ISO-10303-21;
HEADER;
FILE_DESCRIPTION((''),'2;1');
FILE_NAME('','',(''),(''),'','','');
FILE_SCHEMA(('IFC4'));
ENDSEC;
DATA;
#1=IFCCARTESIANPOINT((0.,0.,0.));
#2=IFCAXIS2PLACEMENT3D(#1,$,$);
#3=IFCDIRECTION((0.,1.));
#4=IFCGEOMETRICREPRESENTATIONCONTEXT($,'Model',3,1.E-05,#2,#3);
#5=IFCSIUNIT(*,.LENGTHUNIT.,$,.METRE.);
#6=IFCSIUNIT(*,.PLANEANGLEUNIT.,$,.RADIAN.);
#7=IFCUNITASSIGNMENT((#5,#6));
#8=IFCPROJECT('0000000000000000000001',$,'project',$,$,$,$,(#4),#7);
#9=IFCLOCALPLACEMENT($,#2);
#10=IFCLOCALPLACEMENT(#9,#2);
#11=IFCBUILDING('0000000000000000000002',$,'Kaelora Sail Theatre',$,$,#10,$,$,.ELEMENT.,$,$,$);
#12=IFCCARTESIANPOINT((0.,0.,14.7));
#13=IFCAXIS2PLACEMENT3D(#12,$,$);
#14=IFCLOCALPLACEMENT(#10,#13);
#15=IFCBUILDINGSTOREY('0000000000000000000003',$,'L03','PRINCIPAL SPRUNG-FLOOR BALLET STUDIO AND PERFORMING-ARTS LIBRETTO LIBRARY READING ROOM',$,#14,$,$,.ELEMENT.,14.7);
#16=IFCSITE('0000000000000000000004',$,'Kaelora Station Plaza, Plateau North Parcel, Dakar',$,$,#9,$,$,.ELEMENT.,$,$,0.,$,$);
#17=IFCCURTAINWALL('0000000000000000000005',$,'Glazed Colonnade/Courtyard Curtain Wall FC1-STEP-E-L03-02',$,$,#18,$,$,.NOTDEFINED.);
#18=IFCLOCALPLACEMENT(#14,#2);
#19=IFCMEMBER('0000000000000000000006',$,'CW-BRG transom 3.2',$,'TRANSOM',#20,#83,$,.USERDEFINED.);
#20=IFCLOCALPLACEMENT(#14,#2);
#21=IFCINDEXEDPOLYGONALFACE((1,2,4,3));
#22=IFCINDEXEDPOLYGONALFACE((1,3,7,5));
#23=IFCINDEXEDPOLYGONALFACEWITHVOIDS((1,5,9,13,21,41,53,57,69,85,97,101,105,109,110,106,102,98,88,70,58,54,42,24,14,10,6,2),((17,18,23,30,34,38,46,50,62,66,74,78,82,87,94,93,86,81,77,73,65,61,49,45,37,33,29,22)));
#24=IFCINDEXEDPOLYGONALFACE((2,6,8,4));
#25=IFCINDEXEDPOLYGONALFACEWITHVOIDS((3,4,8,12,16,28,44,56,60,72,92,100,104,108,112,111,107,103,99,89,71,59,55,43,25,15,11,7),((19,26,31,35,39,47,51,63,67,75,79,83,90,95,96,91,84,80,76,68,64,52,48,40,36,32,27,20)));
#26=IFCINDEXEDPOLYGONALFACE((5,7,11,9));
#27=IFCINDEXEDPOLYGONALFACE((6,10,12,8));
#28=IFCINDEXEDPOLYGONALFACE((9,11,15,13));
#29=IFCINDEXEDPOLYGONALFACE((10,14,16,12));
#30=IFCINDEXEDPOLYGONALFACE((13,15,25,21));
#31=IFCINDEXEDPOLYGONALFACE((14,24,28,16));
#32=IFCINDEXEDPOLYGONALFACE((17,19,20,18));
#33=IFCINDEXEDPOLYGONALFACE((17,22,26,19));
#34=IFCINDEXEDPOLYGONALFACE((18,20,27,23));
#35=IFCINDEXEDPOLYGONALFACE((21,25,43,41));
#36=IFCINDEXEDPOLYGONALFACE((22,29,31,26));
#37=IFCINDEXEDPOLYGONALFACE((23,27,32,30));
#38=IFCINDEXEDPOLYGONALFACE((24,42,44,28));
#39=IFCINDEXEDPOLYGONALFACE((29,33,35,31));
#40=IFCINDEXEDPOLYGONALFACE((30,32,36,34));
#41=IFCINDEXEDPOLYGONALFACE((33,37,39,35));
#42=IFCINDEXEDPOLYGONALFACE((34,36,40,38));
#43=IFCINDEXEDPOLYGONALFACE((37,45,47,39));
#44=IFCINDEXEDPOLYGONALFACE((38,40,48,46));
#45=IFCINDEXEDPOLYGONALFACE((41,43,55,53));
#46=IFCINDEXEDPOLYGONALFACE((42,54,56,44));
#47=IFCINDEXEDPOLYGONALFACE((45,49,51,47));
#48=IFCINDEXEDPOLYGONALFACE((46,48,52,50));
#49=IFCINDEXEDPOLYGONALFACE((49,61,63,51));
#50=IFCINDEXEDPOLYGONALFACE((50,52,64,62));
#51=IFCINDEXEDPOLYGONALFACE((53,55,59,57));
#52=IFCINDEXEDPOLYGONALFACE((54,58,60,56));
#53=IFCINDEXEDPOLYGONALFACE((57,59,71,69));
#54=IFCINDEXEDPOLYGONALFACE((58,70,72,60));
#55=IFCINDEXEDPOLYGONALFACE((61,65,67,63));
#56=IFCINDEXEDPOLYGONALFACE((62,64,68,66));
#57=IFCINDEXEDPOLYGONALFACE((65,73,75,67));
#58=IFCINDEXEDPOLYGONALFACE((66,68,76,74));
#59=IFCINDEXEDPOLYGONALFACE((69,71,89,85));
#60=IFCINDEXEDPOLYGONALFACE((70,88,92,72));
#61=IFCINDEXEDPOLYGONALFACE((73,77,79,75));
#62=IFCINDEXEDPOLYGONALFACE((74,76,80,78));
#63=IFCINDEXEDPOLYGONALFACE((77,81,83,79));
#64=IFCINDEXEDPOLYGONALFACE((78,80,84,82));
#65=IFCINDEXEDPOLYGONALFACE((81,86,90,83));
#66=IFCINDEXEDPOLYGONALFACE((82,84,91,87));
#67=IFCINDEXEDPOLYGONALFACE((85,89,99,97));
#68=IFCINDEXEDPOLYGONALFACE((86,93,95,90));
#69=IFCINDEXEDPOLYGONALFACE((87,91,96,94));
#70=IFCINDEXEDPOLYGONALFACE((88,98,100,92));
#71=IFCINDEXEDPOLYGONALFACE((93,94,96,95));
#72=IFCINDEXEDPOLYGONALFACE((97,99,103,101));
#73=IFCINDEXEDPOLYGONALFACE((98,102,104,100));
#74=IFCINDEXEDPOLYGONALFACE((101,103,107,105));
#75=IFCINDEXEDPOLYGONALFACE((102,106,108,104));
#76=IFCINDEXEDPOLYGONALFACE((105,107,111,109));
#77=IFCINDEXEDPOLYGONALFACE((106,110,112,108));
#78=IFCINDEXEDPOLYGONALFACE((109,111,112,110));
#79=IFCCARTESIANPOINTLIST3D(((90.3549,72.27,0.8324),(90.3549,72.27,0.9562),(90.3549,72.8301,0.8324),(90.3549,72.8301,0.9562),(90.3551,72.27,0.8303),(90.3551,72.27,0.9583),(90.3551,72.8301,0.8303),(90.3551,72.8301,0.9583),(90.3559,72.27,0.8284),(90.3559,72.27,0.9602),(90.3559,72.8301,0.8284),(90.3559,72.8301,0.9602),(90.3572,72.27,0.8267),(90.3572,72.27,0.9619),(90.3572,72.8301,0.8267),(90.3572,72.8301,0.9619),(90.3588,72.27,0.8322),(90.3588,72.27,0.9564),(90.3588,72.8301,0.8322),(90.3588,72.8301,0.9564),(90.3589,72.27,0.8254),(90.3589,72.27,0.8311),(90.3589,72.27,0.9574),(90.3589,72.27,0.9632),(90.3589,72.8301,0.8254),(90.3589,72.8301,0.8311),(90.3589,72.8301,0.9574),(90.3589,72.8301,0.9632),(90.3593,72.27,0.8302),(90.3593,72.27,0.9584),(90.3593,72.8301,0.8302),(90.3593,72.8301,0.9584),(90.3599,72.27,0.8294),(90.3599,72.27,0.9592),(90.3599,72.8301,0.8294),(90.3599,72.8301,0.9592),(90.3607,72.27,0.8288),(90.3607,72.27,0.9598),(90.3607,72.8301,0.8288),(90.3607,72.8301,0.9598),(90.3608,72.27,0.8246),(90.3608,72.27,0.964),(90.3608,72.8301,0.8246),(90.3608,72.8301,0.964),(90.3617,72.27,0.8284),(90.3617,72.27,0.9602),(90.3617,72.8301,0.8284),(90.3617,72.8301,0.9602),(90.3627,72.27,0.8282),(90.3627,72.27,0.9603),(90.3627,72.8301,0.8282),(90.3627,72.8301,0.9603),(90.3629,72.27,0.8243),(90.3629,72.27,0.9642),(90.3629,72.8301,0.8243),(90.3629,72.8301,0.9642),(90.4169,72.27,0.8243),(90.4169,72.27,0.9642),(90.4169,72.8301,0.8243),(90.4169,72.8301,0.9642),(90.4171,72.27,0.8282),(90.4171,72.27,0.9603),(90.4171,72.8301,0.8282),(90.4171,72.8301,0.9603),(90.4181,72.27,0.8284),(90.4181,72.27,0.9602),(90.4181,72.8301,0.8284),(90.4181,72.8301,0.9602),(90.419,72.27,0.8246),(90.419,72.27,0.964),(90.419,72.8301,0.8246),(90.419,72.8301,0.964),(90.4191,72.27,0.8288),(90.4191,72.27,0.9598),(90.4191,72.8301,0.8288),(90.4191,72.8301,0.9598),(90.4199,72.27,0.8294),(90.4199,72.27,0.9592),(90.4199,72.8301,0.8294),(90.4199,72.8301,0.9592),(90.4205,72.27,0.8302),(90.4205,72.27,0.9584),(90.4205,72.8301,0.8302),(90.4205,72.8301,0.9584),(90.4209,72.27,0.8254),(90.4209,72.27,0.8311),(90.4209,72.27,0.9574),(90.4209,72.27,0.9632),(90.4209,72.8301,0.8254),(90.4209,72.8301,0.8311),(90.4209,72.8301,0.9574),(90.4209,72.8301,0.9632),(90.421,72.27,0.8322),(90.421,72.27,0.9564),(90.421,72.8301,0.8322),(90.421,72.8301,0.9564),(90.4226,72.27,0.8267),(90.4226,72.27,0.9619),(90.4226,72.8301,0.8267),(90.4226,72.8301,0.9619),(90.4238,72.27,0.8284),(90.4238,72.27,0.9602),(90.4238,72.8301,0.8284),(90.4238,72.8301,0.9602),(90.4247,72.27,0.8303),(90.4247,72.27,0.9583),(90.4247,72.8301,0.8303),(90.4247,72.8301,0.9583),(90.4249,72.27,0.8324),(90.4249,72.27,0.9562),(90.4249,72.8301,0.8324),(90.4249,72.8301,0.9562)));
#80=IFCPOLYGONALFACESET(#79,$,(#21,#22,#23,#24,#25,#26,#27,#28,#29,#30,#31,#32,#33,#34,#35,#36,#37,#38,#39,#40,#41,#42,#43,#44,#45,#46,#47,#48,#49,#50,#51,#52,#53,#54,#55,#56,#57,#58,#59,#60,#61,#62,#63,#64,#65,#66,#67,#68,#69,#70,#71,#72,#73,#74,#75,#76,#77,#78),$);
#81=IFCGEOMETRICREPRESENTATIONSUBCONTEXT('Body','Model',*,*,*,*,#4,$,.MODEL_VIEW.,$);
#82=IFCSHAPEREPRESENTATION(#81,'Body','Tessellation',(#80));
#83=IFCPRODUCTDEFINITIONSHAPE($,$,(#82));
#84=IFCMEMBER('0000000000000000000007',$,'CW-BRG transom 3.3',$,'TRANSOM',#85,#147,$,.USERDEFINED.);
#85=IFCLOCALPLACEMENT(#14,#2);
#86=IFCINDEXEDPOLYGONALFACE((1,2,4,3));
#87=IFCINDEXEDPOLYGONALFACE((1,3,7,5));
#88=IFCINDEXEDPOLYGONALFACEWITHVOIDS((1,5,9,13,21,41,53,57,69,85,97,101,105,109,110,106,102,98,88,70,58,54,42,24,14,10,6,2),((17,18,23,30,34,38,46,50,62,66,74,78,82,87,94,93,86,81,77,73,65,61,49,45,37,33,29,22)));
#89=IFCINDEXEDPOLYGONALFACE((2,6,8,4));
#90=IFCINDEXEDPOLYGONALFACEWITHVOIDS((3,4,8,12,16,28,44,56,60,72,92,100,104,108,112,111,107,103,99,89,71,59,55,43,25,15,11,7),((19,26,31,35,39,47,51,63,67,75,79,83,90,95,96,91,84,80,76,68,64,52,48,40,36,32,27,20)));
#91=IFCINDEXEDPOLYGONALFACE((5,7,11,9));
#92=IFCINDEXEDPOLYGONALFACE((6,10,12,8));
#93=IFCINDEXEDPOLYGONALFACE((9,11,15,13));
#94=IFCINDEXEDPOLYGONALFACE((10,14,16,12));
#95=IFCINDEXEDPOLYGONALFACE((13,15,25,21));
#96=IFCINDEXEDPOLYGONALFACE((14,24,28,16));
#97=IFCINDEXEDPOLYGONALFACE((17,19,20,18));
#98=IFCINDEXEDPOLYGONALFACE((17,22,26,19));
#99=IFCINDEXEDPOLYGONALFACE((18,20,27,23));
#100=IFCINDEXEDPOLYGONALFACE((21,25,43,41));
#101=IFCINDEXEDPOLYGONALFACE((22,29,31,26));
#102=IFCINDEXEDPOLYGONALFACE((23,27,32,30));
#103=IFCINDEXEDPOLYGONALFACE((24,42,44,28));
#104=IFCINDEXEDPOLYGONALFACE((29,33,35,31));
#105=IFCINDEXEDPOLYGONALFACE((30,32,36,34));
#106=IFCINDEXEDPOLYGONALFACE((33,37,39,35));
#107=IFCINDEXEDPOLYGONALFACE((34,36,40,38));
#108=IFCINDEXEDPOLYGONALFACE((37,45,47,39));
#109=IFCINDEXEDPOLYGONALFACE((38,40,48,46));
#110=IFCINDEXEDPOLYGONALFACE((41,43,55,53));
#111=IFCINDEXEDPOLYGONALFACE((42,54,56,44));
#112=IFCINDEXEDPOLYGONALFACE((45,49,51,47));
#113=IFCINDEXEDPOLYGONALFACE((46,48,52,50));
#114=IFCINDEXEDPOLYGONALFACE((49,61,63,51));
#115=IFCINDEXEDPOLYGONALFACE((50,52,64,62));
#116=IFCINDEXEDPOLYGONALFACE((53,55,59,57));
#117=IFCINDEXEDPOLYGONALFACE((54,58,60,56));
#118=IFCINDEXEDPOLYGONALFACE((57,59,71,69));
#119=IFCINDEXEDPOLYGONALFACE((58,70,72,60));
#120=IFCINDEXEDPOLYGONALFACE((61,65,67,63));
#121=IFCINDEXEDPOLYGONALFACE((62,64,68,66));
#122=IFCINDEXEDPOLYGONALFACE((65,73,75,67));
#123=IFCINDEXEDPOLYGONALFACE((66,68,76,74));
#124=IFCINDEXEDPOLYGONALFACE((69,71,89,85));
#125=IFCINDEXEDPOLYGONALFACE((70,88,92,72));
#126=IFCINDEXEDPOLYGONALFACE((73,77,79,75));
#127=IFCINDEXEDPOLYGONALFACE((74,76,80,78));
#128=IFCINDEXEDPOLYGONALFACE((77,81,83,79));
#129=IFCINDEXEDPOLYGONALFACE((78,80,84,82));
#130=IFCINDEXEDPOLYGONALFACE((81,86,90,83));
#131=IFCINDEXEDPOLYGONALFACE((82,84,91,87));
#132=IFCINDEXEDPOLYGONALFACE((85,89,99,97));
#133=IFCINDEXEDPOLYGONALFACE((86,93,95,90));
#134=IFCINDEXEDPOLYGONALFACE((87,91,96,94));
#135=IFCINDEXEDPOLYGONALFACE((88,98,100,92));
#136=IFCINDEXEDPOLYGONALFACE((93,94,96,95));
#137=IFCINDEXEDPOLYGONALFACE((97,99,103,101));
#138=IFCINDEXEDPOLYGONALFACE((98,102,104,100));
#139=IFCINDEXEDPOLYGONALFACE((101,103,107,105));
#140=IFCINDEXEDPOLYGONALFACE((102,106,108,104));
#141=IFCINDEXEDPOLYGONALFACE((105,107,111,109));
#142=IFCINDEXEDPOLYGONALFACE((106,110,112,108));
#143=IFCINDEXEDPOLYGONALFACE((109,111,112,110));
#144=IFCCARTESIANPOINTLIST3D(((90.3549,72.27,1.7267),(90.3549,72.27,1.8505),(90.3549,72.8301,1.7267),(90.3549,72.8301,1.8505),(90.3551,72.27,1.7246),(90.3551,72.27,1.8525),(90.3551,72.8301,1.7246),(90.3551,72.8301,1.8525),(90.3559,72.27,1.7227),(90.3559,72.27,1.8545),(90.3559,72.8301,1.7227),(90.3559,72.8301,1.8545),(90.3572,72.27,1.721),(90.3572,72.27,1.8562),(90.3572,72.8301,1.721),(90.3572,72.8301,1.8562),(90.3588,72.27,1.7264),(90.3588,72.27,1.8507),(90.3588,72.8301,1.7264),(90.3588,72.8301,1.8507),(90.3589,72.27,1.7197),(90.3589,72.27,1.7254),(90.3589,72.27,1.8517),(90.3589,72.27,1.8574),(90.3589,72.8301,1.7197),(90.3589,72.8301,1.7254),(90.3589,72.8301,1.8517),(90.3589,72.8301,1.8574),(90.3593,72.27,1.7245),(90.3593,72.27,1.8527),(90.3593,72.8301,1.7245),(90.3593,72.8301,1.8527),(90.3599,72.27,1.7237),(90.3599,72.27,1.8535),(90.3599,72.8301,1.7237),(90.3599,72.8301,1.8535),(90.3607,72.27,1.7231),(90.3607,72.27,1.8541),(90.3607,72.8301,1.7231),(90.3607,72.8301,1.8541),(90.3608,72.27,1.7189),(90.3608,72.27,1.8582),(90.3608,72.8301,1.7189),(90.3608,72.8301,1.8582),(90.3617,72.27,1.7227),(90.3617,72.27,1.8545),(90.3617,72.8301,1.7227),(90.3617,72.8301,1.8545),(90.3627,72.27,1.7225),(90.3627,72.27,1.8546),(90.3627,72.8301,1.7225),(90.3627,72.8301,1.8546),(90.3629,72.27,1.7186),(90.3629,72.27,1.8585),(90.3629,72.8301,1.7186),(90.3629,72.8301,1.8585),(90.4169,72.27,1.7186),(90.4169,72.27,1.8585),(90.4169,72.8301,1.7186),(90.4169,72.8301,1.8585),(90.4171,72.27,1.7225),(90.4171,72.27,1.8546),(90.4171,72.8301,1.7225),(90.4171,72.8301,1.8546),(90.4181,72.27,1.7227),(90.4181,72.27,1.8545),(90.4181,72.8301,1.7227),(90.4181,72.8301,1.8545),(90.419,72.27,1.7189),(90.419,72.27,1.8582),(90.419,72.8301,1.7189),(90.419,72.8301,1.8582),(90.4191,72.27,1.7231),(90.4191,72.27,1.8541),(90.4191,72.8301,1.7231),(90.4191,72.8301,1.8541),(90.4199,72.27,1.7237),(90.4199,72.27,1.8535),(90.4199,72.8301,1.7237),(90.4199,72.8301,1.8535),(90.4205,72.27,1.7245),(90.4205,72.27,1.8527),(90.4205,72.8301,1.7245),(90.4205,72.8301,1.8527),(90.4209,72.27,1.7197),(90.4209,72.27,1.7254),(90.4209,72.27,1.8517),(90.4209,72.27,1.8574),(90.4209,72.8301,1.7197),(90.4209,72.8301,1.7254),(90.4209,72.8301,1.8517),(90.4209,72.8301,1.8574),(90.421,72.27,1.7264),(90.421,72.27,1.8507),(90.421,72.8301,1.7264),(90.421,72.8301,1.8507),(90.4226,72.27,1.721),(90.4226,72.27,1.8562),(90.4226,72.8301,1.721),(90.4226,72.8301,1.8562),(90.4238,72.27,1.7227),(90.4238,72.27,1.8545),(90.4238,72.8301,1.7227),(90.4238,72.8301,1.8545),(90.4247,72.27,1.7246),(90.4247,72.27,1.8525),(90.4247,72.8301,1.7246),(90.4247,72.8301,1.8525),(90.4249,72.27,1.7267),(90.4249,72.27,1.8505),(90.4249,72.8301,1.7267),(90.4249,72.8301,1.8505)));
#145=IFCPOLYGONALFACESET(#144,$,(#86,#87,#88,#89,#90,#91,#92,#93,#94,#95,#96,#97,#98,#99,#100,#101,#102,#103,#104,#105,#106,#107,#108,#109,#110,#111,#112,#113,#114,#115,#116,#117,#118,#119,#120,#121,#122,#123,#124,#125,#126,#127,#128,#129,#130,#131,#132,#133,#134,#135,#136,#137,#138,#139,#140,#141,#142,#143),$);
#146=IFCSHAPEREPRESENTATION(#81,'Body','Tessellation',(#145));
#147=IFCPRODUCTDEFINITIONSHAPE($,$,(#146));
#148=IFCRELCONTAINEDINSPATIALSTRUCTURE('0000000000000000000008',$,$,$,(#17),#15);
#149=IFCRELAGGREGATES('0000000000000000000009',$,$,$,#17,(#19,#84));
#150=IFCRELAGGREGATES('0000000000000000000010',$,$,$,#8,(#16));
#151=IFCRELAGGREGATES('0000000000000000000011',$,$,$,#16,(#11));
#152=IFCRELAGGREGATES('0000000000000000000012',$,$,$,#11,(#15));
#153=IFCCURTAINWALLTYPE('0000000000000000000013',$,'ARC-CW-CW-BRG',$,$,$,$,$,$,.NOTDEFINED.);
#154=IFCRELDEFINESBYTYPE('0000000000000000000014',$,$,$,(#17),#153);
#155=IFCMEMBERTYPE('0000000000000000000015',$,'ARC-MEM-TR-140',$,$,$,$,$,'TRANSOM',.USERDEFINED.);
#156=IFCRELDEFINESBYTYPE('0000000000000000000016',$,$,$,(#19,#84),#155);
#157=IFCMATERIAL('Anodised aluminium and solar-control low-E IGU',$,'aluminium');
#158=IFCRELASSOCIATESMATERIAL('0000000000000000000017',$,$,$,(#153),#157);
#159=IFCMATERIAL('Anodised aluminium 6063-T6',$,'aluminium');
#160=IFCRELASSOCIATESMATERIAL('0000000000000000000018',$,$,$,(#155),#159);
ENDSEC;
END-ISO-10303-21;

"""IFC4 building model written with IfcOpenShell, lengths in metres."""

from ifc_helpers import new_model, si_unit, direction, frame, origin, origin_2d, place, context, subcontext, project, spatial, hollow_rectangle, extrude, material, material_profile, profile_set, type_object, element, aggregate, save


model = new_model("IFC4")

# Units and contexts
model_context = context("Model", 3, precision=1e-05, world=origin(), true_north=direction((0.0, 1.0)))
body_context = subcontext(model_context, "Body", "Model", "MODEL_VIEW")
ifc_project = project(units=[si_unit("LENGTHUNIT", "METRE"), si_unit("PLANEANGLEUNIT", "RADIAN")], contexts=[model_context])

# Site, building, storey
site_placement = place(None, origin())
site = spatial("IfcSite", under=ifc_project, at=site_placement, Name="Kaelora Station Plaza, Plateau North Parcel, Dakar", CompositionType="ELEMENT", RefElevation=0.0)
building_placement = place(site_placement, origin())
building = spatial("IfcBuilding", under=site, at=building_placement, Name="Kaelora Sail Theatre", CompositionType="ELEMENT")
storey_placement = place(building_placement, frame((0.0, 0.0, 14.7)))
storey = spatial("IfcBuildingStorey", under=building, at=storey_placement, Name="L03", Description="PRINCIPAL SPRUNG-FLOOR BALLET STUDIO AND PERFORMING-ARTS LIBRETTO LIBRARY READING ROOM", CompositionType="ELEMENT", Elevation=14.7)

# Curtain wall, members
ifc_material_1 = material(Name="Anodised aluminium and solar-control low-E IGU", Category="aluminium")
curtain_wall_type = type_object("IfcCurtainWallType", Name="ARC-CW-CW-BRG", PredefinedType="NOTDEFINED", material=ifc_material_1)
curtain_wall_placement = place(storey_placement, origin())
curtain_wall = element("IfcCurtainWall", 1, at=curtain_wall_placement, inside=storey, type_object=curtain_wall_type, Name="Glazed Colonnade/Courtyard Curtain Wall FC1-STEP-E-L03-02", PredefinedType="NOTDEFINED")
ifc_material_2 = material(Name="Anodised aluminium 6063-T6", Category="aluminium")
ifc_material_profile_1 = material_profile(ifc_material_2, hollow_rectangle(XDim=0.0701, YDim=0.1399, WallThickness=0.0039, InnerFilletRadius=0.0039, OuterFilletRadius=0.0081, at=origin_2d()), Name="ALU-TRAN 70x140x4")
ifc_profile_set_1 = profile_set([ifc_material_profile_1], Name="Anodised aluminium 6063-T6")
member_type_1 = type_object("IfcMemberType", Name="ARC-MEM-TR-140", ElementType="TRANSOM", PredefinedType="USERDEFINED", material=ifc_profile_set_1)
member_1_placement = place(storey_placement, frame((90.3899, 72.27, 0.8943), z_axis=(0.0, 1.0, 0.0), x_axis=(-1.0, 0.0, 0.0)))
member_1 = element("IfcMember", 2, at=member_1_placement, type_object=member_type_1, Name="CW-BRG transom 3.2", ObjectType="TRANSOM", PredefinedType="USERDEFINED", context=body_context, shape_type="SweptSolid", body=[
    extrude(hollow_rectangle(XDim=0.0701, YDim=0.1399, WallThickness=0.0039, InnerFilletRadius=0.0039, OuterFilletRadius=0.0081, at=origin_2d()), origin(), (0.0, 0.0, 1.0), 0.5601),
])
member_2_placement = place(storey_placement, frame((90.3899, 72.27, 1.7886), z_axis=(0.0, 1.0, 0.0), x_axis=(-1.0, 0.0, 0.0)))
member_2 = element("IfcMember", 3, at=member_2_placement, type_object=member_type_1, Name="CW-BRG transom 3.3", ObjectType="TRANSOM", PredefinedType="USERDEFINED", context=body_context, shape_type="SweptSolid", body=[
    extrude(hollow_rectangle(XDim=0.0701, YDim=0.1399, WallThickness=0.0039, InnerFilletRadius=0.0039, OuterFilletRadius=0.0081, at=origin_2d()), origin(), (0.0, 0.0, 1.0), 0.5601),
])
aggregate(curtain_wall, [member_1, member_2])

save(model, "model.ifc")
